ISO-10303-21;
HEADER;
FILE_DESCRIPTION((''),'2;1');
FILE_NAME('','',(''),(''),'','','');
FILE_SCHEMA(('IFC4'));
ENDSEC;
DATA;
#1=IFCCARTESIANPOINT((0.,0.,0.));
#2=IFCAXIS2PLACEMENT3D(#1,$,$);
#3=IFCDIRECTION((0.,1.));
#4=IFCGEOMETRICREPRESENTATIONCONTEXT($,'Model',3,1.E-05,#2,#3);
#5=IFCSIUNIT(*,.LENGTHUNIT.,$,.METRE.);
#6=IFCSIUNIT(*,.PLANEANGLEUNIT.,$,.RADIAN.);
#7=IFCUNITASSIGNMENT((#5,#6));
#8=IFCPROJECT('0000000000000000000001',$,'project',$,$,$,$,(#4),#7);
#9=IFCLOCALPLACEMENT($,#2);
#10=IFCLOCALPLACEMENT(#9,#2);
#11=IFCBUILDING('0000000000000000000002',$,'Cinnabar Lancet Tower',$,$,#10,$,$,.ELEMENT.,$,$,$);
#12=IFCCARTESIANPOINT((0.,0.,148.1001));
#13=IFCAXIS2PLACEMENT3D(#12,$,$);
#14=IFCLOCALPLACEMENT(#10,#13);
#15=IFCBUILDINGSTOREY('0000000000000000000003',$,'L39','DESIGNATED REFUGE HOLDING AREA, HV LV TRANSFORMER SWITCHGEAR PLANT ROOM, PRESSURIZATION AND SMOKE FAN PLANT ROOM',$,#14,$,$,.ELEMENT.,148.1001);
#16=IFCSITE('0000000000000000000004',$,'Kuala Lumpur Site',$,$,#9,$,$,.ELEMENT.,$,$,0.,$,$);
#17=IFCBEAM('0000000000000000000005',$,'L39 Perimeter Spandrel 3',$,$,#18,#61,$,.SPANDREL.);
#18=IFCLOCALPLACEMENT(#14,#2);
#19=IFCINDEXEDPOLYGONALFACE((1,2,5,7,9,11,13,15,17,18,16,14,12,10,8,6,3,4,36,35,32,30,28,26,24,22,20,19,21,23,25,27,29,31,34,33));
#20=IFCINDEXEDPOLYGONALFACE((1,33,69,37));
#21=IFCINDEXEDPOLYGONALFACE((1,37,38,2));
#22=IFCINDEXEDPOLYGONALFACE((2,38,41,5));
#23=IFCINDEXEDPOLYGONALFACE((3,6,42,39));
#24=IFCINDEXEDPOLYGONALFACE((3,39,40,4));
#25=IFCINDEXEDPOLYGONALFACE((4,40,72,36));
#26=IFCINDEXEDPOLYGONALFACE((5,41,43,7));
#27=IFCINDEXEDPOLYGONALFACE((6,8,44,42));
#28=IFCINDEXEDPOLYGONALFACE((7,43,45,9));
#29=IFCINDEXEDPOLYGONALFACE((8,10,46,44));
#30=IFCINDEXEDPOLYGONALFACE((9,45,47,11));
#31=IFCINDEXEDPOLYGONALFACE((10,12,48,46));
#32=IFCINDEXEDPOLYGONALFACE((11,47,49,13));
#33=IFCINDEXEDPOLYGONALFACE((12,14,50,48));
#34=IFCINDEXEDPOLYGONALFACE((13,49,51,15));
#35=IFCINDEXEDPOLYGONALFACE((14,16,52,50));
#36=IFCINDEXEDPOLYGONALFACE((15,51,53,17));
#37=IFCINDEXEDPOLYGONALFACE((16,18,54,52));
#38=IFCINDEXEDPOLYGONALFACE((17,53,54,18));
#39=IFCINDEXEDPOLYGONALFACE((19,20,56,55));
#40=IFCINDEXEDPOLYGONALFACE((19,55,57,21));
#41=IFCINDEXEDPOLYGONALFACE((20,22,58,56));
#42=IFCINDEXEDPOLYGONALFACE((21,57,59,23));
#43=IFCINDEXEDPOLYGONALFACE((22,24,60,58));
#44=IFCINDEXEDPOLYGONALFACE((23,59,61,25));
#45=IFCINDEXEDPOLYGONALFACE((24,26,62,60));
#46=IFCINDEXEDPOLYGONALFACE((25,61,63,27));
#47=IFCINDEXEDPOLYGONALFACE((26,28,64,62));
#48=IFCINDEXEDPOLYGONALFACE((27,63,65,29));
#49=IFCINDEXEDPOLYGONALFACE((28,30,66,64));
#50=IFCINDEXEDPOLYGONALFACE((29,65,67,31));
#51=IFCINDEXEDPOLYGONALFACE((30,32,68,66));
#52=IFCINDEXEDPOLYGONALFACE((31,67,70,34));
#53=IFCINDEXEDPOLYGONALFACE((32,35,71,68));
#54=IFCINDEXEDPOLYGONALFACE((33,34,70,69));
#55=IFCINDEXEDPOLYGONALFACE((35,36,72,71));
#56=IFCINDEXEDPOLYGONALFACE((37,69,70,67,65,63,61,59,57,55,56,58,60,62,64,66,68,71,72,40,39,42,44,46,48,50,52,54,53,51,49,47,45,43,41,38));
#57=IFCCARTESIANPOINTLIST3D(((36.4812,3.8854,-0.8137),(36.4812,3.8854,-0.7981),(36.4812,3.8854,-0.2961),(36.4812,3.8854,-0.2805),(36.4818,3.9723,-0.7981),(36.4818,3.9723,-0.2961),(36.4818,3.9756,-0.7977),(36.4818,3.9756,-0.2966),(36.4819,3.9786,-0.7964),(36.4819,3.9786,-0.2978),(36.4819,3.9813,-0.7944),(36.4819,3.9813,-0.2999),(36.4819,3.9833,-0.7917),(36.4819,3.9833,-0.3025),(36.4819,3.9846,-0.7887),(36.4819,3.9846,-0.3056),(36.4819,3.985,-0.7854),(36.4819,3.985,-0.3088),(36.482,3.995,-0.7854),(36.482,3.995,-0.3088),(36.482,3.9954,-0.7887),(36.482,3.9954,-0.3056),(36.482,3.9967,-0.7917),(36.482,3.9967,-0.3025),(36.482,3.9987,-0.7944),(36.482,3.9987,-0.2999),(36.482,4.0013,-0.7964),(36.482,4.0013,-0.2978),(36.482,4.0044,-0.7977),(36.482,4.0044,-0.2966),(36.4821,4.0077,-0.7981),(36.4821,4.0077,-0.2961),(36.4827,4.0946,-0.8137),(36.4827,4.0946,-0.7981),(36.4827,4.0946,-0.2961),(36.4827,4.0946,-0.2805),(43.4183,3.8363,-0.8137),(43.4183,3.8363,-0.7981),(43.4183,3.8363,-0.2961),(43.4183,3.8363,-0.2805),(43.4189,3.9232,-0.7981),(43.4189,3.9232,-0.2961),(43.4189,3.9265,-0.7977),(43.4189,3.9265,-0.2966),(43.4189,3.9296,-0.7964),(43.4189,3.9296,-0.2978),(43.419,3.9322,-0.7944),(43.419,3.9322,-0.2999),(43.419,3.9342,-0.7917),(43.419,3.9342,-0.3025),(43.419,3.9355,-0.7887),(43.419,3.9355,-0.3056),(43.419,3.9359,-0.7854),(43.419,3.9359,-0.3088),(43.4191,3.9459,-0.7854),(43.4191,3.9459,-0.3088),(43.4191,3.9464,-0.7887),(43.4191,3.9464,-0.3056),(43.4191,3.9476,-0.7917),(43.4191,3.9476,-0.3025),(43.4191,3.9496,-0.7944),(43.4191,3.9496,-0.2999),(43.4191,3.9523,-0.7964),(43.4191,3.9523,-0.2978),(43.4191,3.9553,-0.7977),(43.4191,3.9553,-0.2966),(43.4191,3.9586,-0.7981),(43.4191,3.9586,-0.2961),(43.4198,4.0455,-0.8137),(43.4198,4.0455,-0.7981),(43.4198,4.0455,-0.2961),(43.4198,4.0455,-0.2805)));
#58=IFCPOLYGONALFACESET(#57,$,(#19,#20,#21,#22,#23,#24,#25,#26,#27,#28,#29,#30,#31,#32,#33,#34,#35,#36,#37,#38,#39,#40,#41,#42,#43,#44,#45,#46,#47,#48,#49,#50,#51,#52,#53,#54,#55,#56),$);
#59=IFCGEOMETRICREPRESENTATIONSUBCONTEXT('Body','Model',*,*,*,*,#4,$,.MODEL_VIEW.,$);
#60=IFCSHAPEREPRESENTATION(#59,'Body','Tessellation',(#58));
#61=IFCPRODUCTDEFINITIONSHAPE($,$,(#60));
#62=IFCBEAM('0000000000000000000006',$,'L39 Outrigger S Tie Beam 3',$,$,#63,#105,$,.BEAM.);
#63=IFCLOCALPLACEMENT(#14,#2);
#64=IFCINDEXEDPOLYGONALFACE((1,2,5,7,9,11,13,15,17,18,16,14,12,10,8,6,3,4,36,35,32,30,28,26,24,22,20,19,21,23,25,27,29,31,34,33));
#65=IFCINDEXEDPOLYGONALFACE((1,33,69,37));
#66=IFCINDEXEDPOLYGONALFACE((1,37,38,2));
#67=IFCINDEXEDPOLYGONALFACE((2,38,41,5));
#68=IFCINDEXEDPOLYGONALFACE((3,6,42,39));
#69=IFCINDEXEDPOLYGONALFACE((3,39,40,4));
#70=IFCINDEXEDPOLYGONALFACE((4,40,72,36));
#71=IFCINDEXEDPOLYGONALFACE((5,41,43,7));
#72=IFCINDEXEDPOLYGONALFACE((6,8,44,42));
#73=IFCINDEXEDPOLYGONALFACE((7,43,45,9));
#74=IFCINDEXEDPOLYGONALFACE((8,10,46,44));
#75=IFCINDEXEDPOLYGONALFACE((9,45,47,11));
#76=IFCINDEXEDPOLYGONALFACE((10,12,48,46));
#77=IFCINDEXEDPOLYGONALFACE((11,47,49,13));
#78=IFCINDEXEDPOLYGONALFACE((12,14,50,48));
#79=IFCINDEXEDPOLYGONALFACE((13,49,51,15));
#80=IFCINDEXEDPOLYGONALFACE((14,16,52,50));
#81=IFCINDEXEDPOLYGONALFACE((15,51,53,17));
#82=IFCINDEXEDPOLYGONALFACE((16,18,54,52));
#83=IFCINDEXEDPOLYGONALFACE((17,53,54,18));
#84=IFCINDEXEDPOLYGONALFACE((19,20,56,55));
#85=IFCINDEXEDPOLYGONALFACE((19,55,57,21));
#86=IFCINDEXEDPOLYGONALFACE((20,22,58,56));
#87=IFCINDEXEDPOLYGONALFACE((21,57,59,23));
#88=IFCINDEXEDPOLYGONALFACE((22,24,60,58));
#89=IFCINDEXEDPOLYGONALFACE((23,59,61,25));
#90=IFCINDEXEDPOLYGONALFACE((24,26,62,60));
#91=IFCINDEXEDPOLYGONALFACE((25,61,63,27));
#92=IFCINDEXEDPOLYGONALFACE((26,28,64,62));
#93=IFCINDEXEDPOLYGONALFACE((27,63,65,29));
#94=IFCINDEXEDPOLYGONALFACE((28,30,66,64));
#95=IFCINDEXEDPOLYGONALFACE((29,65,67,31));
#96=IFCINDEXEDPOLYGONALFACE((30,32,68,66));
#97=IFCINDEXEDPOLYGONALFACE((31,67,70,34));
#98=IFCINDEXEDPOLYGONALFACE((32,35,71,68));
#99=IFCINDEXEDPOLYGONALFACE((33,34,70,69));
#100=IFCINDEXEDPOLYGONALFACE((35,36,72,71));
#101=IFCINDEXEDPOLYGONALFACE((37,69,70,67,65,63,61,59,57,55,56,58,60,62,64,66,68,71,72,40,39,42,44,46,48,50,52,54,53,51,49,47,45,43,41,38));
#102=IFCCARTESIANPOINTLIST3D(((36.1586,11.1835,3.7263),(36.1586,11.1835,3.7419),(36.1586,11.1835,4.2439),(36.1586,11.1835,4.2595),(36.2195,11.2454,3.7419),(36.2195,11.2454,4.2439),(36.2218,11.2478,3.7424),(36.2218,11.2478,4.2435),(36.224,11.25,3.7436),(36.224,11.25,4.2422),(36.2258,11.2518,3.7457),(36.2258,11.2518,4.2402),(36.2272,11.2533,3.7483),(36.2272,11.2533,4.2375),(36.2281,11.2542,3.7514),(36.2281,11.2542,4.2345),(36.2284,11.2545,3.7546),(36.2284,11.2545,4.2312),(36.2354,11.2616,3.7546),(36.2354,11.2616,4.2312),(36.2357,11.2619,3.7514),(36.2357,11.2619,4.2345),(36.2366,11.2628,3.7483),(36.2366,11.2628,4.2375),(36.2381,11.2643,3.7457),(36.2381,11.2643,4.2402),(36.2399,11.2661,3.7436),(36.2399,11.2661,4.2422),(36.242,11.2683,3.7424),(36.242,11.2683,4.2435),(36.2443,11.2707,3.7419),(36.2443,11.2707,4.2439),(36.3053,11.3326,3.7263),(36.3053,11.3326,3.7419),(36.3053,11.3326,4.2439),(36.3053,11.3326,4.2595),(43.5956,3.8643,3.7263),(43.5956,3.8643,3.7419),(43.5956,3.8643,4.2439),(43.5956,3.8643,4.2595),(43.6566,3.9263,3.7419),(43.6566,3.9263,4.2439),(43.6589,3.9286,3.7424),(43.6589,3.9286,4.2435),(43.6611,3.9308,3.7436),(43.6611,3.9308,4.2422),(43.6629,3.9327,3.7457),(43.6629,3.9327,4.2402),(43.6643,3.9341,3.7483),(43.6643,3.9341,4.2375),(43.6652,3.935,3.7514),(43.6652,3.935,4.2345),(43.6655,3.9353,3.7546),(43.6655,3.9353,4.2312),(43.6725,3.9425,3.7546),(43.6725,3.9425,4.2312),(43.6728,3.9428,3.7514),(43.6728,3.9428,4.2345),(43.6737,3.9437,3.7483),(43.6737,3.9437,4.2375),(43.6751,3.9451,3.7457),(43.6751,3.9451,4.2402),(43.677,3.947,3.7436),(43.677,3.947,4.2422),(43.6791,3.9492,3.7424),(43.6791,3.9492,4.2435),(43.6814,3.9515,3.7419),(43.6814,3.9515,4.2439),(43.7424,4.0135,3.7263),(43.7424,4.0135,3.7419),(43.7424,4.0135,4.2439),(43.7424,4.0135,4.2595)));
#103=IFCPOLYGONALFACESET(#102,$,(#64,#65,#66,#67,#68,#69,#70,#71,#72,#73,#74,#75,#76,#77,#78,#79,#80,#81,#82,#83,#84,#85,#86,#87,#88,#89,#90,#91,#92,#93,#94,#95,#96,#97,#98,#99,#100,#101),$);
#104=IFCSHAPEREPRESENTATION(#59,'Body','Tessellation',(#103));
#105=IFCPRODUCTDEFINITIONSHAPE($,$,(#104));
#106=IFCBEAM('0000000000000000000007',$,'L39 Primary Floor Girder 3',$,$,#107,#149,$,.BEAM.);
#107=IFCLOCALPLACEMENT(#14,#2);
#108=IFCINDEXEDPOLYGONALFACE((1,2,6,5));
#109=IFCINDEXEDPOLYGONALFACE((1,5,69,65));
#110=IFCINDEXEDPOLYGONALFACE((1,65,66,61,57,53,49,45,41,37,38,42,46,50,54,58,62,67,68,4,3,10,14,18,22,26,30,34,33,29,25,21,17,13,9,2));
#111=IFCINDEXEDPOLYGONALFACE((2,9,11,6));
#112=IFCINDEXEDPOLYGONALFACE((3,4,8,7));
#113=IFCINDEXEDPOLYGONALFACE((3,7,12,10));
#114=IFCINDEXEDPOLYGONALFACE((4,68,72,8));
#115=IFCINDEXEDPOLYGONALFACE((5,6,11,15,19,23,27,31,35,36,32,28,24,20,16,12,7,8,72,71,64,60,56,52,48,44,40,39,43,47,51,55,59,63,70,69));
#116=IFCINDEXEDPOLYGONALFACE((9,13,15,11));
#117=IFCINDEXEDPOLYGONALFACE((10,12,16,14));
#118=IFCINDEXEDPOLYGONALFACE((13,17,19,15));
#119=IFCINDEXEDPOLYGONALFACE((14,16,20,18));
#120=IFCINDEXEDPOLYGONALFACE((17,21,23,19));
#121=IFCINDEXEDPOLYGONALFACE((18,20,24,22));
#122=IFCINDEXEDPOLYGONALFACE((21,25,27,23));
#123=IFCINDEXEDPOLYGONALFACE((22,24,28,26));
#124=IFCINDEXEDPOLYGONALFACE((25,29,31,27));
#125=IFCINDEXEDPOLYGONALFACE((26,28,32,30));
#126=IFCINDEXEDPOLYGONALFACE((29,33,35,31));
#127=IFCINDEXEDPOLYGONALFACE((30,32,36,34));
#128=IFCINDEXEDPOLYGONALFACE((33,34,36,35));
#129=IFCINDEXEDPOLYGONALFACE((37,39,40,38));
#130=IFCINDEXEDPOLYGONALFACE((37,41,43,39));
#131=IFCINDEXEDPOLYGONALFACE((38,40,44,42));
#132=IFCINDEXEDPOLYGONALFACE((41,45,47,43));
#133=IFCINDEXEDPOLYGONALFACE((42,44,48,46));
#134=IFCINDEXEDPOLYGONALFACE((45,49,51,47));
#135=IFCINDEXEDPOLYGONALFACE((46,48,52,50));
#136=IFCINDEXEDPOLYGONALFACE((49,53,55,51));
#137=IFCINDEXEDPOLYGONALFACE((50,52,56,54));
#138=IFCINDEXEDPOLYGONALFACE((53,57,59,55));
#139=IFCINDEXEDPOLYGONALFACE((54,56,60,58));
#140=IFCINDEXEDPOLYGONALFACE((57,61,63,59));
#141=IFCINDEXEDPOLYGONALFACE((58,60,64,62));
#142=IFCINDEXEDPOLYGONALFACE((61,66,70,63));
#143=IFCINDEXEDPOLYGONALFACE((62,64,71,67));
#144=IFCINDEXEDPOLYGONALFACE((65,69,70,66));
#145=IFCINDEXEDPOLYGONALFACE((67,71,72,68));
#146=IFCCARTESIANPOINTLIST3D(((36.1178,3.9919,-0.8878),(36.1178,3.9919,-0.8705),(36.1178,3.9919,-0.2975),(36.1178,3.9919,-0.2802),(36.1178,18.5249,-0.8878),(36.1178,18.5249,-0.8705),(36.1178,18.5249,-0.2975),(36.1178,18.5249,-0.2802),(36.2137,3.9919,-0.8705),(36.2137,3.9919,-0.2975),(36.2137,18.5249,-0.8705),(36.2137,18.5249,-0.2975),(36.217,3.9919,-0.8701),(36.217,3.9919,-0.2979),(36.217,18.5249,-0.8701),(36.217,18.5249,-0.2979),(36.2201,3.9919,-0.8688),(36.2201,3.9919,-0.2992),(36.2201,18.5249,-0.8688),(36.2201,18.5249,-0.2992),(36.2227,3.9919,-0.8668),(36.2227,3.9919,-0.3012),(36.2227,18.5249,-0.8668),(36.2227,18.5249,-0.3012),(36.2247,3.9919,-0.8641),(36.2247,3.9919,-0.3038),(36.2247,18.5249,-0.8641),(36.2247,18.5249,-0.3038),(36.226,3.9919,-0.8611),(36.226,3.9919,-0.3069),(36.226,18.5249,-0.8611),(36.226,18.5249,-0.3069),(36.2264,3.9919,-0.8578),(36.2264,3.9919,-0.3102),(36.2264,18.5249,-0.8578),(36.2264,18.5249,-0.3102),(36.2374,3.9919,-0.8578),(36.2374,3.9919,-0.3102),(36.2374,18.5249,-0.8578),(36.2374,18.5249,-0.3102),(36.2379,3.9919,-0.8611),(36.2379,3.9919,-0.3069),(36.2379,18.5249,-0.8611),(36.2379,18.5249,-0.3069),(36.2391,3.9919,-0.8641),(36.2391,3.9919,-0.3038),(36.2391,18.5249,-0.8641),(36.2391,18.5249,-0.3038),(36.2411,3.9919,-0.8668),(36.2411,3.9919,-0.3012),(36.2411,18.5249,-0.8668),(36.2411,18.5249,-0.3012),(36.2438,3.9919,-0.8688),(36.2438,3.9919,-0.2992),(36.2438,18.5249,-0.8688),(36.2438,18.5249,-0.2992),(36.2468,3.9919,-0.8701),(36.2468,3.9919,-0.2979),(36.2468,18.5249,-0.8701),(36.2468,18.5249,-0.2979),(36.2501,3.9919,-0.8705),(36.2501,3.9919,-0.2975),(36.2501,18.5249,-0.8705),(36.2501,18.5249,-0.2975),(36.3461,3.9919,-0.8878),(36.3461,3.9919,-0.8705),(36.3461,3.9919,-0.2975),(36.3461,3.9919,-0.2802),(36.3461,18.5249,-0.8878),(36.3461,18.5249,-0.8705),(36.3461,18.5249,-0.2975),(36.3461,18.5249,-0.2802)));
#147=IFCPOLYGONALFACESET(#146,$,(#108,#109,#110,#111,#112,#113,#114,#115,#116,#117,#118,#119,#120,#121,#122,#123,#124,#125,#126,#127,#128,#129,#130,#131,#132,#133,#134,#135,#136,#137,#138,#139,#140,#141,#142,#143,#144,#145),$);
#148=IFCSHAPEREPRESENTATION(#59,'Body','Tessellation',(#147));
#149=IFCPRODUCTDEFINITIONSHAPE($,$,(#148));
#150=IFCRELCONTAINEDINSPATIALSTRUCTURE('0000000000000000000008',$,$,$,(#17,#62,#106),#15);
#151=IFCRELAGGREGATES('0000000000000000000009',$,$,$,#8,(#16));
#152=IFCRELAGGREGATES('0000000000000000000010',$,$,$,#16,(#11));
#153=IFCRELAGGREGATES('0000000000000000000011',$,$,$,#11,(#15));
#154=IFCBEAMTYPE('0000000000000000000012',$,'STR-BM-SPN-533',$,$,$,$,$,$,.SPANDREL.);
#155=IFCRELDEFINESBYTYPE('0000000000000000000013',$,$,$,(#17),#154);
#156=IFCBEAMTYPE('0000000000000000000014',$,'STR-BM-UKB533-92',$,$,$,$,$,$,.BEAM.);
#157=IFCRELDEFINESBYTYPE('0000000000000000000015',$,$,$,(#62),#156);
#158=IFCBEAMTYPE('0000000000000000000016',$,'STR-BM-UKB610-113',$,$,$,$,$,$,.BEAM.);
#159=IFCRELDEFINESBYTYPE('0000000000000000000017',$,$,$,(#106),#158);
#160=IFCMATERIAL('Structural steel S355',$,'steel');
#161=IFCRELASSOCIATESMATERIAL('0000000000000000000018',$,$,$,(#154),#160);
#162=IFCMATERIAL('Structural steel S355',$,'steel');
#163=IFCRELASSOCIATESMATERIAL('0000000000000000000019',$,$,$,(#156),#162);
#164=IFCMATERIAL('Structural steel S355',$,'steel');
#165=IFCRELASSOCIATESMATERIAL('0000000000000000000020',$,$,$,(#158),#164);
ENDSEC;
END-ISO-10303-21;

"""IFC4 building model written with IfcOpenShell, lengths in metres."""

from ifc_helpers import new_model, si_unit, direction, frame, origin, origin_2d, place, context, subcontext, project, spatial, i_section, extrude, material, material_profile, profile_set, type_object, element, save


model = new_model("IFC4")

# Units and contexts
model_context = context("Model", 3, precision=1e-05, world=origin(), true_north=direction((0.0, 1.0)))
body_context = subcontext(model_context, "Body", "Model", "MODEL_VIEW")
ifc_project = project(units=[si_unit("LENGTHUNIT", "METRE"), si_unit("PLANEANGLEUNIT", "RADIAN")], contexts=[model_context])

# Site, building, storey
site_placement = place(None, origin())
site = spatial("IfcSite", under=ifc_project, at=site_placement, Name="Kuala Lumpur Site", CompositionType="ELEMENT", RefElevation=0.0)
building_placement = place(site_placement, origin())
building = spatial("IfcBuilding", under=site, at=building_placement, Name="Cinnabar Lancet Tower", CompositionType="ELEMENT")
storey_placement = place(building_placement, frame((0.0, 0.0, 148.1001)))
storey = spatial("IfcBuildingStorey", under=building, at=storey_placement, Name="L39", Description="DESIGNATED REFUGE HOLDING AREA, HV LV TRANSFORMER SWITCHGEAR PLANT ROOM, PRESSURIZATION AND SMOKE FAN PLANT ROOM", CompositionType="ELEMENT", Elevation=148.1001)

# Beams
ifc_material_1 = material(Name="Structural steel S355", Category="steel")
ifc_material_profile_1 = material_profile(ifc_material_1, i_section(OverallWidth=0.2092, OverallDepth=0.5332, WebThickness=0.01, FlangeThickness=0.0156, FilletRadius=0.0127, at=origin_2d()), Name="UKB 533x210x92")
ifc_profile_set_1 = profile_set([ifc_material_profile_1], Name="Structural steel S355")
beam_type_1 = type_object("IfcBeamType", Name="STR-BM-SPN-533", PredefinedType="SPANDREL", material=ifc_profile_set_1)
beam_1_placement = place(storey_placement, frame((36.4819, 3.99, -0.5471), z_axis=(0.999975, -0.007074, 0.0), x_axis=(0.007074, 0.999975, 0.0)))
element("IfcBeam", 1, at=beam_1_placement, inside=storey, type_object=beam_type_1, Name="L39 Perimeter Spandrel 3", PredefinedType="SPANDREL", context=body_context, shape_type="SweptSolid", body=[
    extrude(i_section(OverallWidth=0.2092, OverallDepth=0.5332, WebThickness=0.01, FlangeThickness=0.0156, FilletRadius=0.0127, at=origin_2d()), origin(), (0.0, 0.0, 1.0), 6.9373),
])
ifc_material_2 = material(Name="Structural steel S355", Category="steel")
ifc_material_profile_2 = material_profile(ifc_material_2, i_section(OverallWidth=0.2092, OverallDepth=0.5332, WebThickness=0.01, FlangeThickness=0.0156, FilletRadius=0.0127, at=origin_2d()), Name="UKB 533x210x92")
ifc_profile_set_2 = profile_set([ifc_material_profile_2], Name="Structural steel S355")
beam_type_2 = type_object("IfcBeamType", Name="STR-BM-UKB533-92", PredefinedType="BEAM", material=ifc_profile_set_2)
beam_2_placement = place(storey_placement, frame((36.2319, 11.2581, 3.9929), z_axis=(0.712735, -0.701434, 0.0), x_axis=(0.701434, 0.712735, 0.0)))
element("IfcBeam", 2, at=beam_2_placement, inside=storey, type_object=beam_type_2, Name="L39 Outrigger S Tie Beam 3", PredefinedType="BEAM", context=body_context, shape_type="SweptSolid", body=[
    extrude(i_section(OverallWidth=0.2092, OverallDepth=0.5332, WebThickness=0.01, FlangeThickness=0.0156, FilletRadius=0.0127, at=origin_2d()), origin(), (0.0, 0.0, 1.0), 10.4346),
])
ifc_material_3 = material(Name="Structural steel S355", Category="steel")
ifc_material_profile_3 = material_profile(ifc_material_3, i_section(OverallWidth=0.2283, OverallDepth=0.6077, WebThickness=0.011, FlangeThickness=0.0173, FilletRadius=0.0127, at=origin_2d()), Name="UKB 610x229x113")
ifc_profile_set_3 = profile_set([ifc_material_profile_3], Name="Structural steel S355")
beam_type_3 = type_object("IfcBeamType", Name="STR-BM-UKB610-113", PredefinedType="BEAM", material=ifc_profile_set_3)
beam_3_placement = place(storey_placement, frame((36.2319, 3.9919, -0.584), z_axis=(0.0, 1.0, 0.0), x_axis=(-1.0, 0.0, 0.0)))
element("IfcBeam", 3, at=beam_3_placement, inside=storey, type_object=beam_type_3, Name="L39 Primary Floor Girder 3", PredefinedType="BEAM", context=body_context, shape_type="SweptSolid", body=[
    extrude(i_section(OverallWidth=0.2283, OverallDepth=0.6077, WebThickness=0.011, FlangeThickness=0.0173, FilletRadius=0.0127, at=origin_2d()), origin(), (0.0, 0.0, 1.0), 14.533),
])

save(model, "model.ifc")
